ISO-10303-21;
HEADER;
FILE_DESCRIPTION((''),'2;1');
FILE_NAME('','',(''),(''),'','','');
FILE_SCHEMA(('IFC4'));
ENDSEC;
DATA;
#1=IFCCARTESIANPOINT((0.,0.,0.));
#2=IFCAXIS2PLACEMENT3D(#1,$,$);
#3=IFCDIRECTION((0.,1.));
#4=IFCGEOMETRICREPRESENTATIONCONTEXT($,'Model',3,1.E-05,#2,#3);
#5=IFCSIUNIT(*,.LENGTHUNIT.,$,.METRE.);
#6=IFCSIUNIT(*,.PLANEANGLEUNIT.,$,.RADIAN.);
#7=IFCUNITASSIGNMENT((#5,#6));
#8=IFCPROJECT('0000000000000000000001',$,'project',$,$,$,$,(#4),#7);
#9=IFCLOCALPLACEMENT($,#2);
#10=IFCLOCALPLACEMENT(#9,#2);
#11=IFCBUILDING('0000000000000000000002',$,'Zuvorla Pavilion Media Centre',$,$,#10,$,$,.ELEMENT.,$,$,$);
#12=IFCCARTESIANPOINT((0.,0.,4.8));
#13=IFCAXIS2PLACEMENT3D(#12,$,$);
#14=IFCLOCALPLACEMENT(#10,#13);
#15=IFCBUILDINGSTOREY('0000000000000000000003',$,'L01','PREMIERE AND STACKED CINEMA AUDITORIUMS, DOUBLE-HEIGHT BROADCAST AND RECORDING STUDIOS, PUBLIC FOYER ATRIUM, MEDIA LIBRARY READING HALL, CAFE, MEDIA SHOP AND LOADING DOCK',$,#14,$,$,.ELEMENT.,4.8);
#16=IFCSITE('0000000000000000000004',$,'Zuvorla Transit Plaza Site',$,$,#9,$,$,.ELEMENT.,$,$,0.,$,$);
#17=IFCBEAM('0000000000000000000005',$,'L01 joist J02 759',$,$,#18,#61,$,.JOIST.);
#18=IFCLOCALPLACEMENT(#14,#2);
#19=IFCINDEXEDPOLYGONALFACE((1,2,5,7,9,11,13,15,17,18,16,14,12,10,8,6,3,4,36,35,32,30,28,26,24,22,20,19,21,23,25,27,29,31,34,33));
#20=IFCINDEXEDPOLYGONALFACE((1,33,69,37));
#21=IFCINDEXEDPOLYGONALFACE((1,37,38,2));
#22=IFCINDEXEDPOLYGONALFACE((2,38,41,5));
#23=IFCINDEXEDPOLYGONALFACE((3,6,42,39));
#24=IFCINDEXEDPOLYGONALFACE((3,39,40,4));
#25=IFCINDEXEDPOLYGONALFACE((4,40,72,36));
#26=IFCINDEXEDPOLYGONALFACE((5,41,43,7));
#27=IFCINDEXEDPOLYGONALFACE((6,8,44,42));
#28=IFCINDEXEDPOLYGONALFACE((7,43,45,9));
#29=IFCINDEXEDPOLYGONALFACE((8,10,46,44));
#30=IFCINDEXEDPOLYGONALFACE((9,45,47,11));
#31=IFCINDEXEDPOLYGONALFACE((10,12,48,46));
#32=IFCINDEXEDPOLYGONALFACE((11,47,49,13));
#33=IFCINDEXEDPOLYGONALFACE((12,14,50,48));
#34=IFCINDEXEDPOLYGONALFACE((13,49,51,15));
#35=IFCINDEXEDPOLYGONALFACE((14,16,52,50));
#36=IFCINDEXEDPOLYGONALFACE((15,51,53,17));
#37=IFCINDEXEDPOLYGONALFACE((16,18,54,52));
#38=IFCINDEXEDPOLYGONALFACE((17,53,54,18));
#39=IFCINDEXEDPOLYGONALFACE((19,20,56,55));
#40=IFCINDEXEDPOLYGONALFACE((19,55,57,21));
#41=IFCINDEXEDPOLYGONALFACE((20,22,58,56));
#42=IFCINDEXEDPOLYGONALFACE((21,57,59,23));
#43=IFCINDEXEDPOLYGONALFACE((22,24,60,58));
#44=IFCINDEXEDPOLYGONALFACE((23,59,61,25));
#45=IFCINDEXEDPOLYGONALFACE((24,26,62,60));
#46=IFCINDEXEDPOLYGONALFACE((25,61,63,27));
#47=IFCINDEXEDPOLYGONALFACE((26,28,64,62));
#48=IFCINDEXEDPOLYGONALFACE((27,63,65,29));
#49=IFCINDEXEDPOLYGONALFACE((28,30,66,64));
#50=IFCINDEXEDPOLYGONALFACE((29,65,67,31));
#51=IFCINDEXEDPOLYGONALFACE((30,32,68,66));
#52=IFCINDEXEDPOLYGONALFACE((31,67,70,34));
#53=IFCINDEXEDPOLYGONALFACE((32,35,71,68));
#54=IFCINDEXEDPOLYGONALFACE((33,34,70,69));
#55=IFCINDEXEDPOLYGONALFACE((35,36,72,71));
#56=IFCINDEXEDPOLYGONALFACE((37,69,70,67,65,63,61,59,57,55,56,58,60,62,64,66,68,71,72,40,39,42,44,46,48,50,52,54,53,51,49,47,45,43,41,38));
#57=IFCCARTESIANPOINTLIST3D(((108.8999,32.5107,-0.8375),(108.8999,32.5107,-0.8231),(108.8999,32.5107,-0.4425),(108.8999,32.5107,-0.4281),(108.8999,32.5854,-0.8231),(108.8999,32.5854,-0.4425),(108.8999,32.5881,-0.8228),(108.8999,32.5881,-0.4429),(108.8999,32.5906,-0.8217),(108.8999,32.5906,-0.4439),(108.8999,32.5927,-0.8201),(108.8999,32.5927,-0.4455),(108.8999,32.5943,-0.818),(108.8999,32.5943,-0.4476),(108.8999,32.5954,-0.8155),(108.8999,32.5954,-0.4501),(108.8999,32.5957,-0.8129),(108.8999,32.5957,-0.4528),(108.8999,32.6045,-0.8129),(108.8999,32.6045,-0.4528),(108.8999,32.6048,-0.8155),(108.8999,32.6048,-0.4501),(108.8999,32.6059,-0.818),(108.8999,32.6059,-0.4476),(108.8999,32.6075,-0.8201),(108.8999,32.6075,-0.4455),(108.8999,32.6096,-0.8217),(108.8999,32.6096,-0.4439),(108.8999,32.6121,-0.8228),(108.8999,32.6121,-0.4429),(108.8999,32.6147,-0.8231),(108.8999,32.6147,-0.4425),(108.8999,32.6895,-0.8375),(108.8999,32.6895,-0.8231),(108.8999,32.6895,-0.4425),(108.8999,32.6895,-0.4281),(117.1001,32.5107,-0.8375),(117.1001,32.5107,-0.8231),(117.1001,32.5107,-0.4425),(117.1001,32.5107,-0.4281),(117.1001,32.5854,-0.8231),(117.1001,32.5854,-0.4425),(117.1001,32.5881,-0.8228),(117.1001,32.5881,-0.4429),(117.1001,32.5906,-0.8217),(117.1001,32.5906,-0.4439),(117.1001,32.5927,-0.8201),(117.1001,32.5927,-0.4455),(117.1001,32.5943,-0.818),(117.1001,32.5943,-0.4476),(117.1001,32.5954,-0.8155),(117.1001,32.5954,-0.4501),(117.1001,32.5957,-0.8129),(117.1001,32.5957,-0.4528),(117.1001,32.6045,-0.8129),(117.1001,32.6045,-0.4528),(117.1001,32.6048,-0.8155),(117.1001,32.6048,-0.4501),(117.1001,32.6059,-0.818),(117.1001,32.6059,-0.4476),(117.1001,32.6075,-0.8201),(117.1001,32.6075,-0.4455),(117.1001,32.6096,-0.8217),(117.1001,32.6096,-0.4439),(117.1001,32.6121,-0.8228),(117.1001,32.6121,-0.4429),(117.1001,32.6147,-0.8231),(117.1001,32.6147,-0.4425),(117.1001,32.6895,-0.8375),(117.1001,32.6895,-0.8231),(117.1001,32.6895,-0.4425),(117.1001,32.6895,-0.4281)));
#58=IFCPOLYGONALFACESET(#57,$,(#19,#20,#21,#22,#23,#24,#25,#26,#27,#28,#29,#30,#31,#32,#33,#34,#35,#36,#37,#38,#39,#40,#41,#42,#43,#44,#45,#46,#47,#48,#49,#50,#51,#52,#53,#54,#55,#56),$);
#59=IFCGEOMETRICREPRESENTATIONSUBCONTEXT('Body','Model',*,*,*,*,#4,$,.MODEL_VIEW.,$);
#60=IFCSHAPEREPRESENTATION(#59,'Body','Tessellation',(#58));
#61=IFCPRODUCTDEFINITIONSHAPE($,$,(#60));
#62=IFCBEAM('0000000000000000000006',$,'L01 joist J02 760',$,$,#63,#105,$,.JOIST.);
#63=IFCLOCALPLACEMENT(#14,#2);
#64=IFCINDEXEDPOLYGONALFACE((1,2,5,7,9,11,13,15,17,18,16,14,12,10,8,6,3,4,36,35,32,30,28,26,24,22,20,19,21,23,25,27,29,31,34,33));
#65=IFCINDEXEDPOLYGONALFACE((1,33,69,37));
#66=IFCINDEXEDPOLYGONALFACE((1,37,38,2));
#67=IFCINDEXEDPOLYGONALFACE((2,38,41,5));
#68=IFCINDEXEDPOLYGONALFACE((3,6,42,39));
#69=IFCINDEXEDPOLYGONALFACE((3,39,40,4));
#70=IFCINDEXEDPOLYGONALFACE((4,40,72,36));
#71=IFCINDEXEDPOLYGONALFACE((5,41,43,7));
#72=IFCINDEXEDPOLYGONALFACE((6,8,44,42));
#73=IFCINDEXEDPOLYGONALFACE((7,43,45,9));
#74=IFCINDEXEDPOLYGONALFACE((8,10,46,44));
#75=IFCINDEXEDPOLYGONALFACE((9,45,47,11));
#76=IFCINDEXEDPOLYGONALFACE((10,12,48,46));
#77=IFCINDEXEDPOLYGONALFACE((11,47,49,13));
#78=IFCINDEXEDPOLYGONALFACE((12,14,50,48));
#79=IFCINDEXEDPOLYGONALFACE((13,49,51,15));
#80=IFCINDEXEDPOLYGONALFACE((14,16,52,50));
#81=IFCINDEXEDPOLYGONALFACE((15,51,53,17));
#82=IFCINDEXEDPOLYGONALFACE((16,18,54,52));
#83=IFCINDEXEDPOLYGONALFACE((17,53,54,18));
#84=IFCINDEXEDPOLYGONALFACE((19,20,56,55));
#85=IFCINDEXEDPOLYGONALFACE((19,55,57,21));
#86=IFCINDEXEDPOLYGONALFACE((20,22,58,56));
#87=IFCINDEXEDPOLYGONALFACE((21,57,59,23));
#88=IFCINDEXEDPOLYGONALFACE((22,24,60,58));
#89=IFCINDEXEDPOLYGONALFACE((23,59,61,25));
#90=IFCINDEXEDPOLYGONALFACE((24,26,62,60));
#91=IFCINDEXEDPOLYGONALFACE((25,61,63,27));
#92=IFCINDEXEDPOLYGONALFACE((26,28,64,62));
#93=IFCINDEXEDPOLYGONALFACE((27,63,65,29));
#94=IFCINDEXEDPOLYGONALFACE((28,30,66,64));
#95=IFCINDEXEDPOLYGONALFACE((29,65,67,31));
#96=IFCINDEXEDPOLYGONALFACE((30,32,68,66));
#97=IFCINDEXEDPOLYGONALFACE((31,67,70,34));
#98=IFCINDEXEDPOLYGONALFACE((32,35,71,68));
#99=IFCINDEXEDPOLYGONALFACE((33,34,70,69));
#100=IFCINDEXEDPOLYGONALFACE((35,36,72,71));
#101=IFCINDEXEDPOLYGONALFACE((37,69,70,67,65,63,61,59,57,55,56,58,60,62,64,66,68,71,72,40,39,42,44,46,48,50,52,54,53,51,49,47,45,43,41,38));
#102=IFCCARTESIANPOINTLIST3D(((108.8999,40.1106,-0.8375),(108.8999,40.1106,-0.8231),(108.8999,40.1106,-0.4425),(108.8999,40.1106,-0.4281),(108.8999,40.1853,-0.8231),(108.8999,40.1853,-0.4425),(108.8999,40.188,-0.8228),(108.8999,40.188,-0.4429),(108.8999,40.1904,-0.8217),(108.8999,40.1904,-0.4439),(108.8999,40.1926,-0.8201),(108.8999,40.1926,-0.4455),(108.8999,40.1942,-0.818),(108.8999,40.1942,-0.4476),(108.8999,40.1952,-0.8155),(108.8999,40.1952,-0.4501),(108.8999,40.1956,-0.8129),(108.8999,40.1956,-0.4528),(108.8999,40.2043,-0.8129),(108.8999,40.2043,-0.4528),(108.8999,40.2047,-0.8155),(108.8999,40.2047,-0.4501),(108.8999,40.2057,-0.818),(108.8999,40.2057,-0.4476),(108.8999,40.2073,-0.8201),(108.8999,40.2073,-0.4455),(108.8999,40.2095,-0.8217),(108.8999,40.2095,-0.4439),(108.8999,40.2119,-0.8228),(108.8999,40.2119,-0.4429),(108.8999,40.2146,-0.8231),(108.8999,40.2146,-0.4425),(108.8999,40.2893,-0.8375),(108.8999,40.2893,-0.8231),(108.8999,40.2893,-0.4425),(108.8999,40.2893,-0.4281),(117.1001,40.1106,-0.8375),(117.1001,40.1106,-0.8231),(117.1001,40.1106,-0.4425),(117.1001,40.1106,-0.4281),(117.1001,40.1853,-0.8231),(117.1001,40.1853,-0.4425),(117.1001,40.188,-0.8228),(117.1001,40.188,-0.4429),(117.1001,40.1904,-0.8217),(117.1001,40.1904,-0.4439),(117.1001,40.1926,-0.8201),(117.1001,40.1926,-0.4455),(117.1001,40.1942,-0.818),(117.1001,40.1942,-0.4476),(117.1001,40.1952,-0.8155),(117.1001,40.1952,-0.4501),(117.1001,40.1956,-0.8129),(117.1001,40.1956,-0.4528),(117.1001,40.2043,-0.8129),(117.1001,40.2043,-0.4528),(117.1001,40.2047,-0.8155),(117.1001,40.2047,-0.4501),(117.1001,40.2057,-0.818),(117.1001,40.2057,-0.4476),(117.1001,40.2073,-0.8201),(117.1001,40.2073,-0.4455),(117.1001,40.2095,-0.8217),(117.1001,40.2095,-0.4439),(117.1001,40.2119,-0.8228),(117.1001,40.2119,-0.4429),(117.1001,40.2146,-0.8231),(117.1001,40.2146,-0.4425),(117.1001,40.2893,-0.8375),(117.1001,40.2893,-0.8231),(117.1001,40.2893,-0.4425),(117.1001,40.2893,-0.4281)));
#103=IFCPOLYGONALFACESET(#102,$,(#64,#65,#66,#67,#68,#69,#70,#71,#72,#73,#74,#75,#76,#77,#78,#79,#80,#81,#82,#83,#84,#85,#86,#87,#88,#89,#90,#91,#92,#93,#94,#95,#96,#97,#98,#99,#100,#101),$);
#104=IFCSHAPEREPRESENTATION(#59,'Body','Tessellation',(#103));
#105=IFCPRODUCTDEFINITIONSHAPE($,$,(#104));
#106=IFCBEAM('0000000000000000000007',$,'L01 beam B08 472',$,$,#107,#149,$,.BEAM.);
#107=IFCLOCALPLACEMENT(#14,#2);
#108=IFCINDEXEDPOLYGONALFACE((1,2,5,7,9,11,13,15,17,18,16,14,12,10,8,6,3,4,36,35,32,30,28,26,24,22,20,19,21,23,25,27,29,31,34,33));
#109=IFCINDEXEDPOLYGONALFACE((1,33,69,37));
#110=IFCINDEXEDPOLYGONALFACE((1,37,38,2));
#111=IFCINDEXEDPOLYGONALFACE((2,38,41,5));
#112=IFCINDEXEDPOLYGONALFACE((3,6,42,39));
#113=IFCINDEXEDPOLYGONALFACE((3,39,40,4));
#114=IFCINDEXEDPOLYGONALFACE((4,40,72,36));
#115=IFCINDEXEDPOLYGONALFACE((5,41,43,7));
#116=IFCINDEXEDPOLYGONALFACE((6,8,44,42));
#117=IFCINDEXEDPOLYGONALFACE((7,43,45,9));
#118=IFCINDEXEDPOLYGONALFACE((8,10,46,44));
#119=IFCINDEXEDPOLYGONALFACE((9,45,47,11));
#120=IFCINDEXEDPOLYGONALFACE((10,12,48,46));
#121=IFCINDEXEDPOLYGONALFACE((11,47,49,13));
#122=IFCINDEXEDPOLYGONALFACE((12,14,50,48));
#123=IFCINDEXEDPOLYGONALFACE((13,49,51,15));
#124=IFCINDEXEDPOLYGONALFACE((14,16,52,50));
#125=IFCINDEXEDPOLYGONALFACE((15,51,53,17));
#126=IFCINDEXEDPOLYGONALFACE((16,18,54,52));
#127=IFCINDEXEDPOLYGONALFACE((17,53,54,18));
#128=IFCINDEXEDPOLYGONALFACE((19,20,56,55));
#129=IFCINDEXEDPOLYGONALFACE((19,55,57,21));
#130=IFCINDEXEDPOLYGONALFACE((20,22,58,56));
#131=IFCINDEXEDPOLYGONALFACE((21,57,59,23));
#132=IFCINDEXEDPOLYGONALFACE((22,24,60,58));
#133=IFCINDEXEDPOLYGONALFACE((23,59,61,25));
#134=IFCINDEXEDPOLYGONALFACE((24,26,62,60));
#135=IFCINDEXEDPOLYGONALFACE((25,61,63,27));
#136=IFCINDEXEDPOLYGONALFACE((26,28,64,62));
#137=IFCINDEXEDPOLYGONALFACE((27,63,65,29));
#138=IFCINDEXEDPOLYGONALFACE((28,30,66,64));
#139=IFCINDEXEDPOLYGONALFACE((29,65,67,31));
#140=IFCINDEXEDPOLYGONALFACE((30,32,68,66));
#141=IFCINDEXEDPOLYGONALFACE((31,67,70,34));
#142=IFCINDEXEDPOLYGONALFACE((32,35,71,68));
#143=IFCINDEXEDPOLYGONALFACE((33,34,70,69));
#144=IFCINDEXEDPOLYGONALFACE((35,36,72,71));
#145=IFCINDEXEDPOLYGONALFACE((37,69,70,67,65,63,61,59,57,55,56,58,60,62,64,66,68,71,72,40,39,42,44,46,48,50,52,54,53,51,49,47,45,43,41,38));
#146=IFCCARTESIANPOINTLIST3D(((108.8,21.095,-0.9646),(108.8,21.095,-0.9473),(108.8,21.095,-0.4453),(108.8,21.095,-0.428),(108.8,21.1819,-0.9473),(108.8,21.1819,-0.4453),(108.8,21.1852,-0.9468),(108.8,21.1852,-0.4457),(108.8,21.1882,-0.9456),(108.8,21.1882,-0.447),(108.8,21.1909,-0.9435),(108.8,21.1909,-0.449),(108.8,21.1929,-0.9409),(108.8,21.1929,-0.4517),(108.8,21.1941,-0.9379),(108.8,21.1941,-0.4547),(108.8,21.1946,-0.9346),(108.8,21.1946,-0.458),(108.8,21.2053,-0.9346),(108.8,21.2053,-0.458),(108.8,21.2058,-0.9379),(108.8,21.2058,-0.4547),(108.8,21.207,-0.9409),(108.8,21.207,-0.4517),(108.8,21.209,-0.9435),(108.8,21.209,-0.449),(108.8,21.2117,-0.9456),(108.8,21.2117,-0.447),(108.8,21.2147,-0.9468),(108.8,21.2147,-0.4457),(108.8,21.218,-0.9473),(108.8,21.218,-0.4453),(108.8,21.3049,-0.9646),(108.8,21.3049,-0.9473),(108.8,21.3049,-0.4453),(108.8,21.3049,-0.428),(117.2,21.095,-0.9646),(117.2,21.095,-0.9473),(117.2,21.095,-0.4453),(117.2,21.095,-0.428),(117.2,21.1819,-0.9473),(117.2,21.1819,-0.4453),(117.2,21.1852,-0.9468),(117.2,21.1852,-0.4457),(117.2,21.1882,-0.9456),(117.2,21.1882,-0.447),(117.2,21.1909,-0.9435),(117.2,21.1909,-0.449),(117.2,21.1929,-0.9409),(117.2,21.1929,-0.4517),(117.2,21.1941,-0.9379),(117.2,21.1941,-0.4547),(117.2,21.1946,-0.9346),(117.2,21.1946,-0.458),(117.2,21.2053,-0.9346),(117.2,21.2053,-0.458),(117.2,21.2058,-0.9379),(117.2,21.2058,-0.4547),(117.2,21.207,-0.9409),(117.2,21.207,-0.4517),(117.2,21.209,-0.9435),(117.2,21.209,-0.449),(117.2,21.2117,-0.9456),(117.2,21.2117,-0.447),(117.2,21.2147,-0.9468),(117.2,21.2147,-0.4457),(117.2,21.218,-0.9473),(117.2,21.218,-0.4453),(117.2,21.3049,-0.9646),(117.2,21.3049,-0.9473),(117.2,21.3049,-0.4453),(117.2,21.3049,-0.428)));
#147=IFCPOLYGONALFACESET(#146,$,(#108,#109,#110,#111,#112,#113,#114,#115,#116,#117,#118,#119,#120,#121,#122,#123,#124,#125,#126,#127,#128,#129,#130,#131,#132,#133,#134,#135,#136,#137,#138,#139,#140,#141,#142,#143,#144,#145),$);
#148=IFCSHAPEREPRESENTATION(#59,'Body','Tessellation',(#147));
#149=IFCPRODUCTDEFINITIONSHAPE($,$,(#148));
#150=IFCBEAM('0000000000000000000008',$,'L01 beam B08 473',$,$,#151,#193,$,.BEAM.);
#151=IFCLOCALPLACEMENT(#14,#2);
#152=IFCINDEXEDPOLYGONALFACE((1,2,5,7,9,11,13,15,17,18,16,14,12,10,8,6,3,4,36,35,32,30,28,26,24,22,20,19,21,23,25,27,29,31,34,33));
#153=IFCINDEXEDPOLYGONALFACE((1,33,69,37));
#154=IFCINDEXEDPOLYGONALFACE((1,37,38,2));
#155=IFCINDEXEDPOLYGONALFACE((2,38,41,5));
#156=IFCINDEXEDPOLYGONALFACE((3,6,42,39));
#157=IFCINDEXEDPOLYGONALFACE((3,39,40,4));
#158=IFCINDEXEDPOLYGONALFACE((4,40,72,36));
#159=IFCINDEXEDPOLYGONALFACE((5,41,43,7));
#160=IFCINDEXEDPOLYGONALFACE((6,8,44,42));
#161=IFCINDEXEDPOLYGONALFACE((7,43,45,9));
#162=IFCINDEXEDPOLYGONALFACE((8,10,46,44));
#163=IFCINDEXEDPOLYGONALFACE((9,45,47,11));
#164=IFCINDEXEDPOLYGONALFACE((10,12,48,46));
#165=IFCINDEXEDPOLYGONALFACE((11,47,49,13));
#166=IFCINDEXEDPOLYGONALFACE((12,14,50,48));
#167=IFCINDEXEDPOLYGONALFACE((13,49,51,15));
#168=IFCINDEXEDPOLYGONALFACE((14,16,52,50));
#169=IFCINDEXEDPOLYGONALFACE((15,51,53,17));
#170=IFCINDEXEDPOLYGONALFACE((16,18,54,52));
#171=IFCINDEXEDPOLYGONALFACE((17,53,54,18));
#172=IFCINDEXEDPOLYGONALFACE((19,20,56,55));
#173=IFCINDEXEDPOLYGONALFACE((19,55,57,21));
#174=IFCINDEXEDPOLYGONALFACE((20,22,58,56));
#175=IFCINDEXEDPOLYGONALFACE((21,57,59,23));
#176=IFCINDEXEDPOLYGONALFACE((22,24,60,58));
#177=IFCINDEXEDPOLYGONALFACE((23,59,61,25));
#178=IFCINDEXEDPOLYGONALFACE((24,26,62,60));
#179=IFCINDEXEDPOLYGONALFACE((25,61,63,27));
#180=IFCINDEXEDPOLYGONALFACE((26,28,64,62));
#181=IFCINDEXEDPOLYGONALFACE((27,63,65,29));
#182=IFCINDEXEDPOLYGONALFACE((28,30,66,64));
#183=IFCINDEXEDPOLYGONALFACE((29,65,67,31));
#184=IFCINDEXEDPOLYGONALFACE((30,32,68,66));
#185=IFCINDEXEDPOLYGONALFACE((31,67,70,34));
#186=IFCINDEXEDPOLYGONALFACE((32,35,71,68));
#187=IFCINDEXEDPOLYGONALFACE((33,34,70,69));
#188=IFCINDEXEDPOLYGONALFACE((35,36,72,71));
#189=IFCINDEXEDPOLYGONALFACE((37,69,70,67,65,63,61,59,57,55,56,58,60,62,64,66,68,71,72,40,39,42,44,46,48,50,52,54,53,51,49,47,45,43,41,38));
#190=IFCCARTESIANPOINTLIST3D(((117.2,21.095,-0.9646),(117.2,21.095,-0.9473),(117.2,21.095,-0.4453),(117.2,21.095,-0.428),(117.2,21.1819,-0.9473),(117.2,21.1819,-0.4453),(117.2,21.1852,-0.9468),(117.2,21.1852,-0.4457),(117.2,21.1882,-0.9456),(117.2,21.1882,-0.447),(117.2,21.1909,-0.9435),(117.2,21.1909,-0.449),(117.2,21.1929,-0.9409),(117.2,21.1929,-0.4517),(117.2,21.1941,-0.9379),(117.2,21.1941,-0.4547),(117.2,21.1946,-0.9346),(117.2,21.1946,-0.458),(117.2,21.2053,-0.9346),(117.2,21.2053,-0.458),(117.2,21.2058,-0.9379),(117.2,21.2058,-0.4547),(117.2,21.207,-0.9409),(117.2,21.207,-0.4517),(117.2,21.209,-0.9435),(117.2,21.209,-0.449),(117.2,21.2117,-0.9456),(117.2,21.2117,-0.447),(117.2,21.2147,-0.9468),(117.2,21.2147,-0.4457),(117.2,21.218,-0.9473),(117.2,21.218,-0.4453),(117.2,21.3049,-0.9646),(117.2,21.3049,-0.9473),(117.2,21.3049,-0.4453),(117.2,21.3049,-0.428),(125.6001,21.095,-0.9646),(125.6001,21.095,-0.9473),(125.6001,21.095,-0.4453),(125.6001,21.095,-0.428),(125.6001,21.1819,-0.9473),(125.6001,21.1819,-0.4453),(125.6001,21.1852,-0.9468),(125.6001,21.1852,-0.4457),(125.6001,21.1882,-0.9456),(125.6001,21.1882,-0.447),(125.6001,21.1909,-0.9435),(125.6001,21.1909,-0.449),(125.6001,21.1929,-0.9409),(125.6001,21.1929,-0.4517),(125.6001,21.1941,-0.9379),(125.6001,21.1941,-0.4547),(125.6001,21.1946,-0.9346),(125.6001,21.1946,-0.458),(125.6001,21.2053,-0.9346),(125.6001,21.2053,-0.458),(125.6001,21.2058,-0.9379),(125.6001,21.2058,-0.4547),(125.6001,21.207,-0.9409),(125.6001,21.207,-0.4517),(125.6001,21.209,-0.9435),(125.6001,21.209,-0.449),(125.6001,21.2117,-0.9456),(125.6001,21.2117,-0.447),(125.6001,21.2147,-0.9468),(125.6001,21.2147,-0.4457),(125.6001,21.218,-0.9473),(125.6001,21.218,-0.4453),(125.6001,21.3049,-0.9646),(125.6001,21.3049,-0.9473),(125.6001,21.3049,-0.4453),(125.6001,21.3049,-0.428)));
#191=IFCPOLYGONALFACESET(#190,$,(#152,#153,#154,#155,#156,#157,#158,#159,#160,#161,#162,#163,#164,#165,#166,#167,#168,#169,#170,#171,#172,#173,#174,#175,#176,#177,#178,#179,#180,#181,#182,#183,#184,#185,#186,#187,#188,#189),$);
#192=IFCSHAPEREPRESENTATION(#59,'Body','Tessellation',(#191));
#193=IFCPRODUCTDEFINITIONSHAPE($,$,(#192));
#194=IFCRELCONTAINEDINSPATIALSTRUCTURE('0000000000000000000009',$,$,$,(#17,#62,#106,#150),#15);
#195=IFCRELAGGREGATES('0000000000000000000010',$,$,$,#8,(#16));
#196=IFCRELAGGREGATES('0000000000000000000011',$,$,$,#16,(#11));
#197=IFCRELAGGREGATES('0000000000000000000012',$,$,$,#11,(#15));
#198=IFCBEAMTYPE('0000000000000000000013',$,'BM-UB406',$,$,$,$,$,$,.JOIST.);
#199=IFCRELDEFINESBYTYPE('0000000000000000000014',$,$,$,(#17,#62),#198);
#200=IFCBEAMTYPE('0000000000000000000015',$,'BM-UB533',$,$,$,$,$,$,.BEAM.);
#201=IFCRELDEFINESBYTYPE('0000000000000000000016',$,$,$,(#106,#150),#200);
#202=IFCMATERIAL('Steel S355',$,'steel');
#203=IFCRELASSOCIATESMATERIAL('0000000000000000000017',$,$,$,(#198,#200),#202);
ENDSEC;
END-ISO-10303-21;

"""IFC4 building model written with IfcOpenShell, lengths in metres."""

from ifc_helpers import new_model, si_unit, direction, frame, origin, origin_2d, place, context, subcontext, project, spatial, i_section, extrude, material, material_profile, profile_set, type_object, element, save


model = new_model("IFC4")

# Units and contexts
model_context = context("Model", 3, precision=1e-05, world=origin(), true_north=direction((0.0, 1.0)))
body_context = subcontext(model_context, "Body", "Model", "MODEL_VIEW")
ifc_project = project(units=[si_unit("LENGTHUNIT", "METRE"), si_unit("PLANEANGLEUNIT", "RADIAN")], contexts=[model_context])

# Site, building, storey
site_placement = place(None, origin())
site = spatial("IfcSite", under=ifc_project, at=site_placement, Name="Zuvorla Transit Plaza Site", CompositionType="ELEMENT", RefElevation=0.0)
building_placement = place(site_placement, origin())
building = spatial("IfcBuilding", under=site, at=building_placement, Name="Zuvorla Pavilion Media Centre", CompositionType="ELEMENT")
storey_placement = place(building_placement, frame((0.0, 0.0, 4.8)))
storey = spatial("IfcBuildingStorey", under=building, at=storey_placement, Name="L01", Description="PREMIERE AND STACKED CINEMA AUDITORIUMS, DOUBLE-HEIGHT BROADCAST AND RECORDING STUDIOS, PUBLIC FOYER ATRIUM, MEDIA LIBRARY READING HALL, CAFE, MEDIA SHOP AND LOADING DOCK", CompositionType="ELEMENT", Elevation=4.8)

# Shared definitions
ifc_material_1 = material(Name="Steel S355", Category="steel")

# Beams
ifc_material_profile_1 = material_profile(ifc_material_1, i_section(OverallWidth=0.1787, OverallDepth=0.4094, WebThickness=0.0088, FlangeThickness=0.0144, FilletRadius=0.0103, at=origin_2d()), Name="UB 406x178x67")
ifc_profile_set_1 = profile_set([ifc_material_profile_1], Name="Steel S355")
beam_type_1 = type_object("IfcBeamType", Name="BM-UB406", PredefinedType="JOIST", material=ifc_profile_set_1)
for number, where, z_axis, x_axis, name in (
    (1, (108.8999, 32.6001, -0.6328), (1.0, 0.0, 0.0), (0.0, 1.0, 0.0), "L01 joist J02 759"),
    (2, (108.8999, 40.2, -0.6328), (1.0, 0.0, 0.0), (0.0, 1.0, 0.0), "L01 joist J02 760"),
):
    element("IfcBeam", number, at=place(storey_placement, frame(where, z_axis=z_axis, x_axis=x_axis)), inside=storey, type_object=beam_type_1, Name=name, PredefinedType="JOIST", context=body_context, shape_type="SweptSolid", body=[
        extrude(i_section(OverallWidth=0.1787, OverallDepth=0.4094, WebThickness=0.0088, FlangeThickness=0.0144, FilletRadius=0.0103, at=origin_2d()), origin(), (0.0, 0.0, 1.0), 8.2002),
    ])
ifc_material_profile_2 = material_profile(ifc_material_1, i_section(OverallWidth=0.21, OverallDepth=0.5366, WebThickness=0.0107, FlangeThickness=0.0173, FilletRadius=0.0127, at=origin_2d()), Name="UB 533x210x101")
ifc_profile_set_2 = profile_set([ifc_material_profile_2], Name="Steel S355")
beam_type_2 = type_object("IfcBeamType", Name="BM-UB533", PredefinedType="BEAM", material=ifc_profile_set_2)
beam_1_placement = place(storey_placement, frame((108.8, 21.2, -0.6963), z_axis=(1.0, 0.0, 0.0), x_axis=(0.0, 1.0, 0.0)))
element("IfcBeam", 3, at=beam_1_placement, inside=storey, type_object=beam_type_2, Name="L01 beam B08 472", PredefinedType="BEAM", context=body_context, shape_type="SweptSolid", body=[
    extrude(i_section(OverallWidth=0.21, OverallDepth=0.5366, WebThickness=0.0107, FlangeThickness=0.0173, FilletRadius=0.0127, at=origin_2d()), origin(), (0.0, 0.0, 1.0), 8.3999),
])
beam_2_placement = place(storey_placement, frame((117.2, 21.2, -0.6963), z_axis=(1.0, 0.0, 0.0), x_axis=(0.0, 1.0, 0.0)))
element("IfcBeam", 4, at=beam_2_placement, inside=storey, type_object=beam_type_2, Name="L01 beam B08 473", PredefinedType="BEAM", context=body_context, shape_type="SweptSolid", body=[
    extrude(i_section(OverallWidth=0.21, OverallDepth=0.5366, WebThickness=0.0107, FlangeThickness=0.0173, FilletRadius=0.0127, at=origin_2d()), origin(), (0.0, 0.0, 1.0), 8.4001),
])

save(model, "model.ifc")
